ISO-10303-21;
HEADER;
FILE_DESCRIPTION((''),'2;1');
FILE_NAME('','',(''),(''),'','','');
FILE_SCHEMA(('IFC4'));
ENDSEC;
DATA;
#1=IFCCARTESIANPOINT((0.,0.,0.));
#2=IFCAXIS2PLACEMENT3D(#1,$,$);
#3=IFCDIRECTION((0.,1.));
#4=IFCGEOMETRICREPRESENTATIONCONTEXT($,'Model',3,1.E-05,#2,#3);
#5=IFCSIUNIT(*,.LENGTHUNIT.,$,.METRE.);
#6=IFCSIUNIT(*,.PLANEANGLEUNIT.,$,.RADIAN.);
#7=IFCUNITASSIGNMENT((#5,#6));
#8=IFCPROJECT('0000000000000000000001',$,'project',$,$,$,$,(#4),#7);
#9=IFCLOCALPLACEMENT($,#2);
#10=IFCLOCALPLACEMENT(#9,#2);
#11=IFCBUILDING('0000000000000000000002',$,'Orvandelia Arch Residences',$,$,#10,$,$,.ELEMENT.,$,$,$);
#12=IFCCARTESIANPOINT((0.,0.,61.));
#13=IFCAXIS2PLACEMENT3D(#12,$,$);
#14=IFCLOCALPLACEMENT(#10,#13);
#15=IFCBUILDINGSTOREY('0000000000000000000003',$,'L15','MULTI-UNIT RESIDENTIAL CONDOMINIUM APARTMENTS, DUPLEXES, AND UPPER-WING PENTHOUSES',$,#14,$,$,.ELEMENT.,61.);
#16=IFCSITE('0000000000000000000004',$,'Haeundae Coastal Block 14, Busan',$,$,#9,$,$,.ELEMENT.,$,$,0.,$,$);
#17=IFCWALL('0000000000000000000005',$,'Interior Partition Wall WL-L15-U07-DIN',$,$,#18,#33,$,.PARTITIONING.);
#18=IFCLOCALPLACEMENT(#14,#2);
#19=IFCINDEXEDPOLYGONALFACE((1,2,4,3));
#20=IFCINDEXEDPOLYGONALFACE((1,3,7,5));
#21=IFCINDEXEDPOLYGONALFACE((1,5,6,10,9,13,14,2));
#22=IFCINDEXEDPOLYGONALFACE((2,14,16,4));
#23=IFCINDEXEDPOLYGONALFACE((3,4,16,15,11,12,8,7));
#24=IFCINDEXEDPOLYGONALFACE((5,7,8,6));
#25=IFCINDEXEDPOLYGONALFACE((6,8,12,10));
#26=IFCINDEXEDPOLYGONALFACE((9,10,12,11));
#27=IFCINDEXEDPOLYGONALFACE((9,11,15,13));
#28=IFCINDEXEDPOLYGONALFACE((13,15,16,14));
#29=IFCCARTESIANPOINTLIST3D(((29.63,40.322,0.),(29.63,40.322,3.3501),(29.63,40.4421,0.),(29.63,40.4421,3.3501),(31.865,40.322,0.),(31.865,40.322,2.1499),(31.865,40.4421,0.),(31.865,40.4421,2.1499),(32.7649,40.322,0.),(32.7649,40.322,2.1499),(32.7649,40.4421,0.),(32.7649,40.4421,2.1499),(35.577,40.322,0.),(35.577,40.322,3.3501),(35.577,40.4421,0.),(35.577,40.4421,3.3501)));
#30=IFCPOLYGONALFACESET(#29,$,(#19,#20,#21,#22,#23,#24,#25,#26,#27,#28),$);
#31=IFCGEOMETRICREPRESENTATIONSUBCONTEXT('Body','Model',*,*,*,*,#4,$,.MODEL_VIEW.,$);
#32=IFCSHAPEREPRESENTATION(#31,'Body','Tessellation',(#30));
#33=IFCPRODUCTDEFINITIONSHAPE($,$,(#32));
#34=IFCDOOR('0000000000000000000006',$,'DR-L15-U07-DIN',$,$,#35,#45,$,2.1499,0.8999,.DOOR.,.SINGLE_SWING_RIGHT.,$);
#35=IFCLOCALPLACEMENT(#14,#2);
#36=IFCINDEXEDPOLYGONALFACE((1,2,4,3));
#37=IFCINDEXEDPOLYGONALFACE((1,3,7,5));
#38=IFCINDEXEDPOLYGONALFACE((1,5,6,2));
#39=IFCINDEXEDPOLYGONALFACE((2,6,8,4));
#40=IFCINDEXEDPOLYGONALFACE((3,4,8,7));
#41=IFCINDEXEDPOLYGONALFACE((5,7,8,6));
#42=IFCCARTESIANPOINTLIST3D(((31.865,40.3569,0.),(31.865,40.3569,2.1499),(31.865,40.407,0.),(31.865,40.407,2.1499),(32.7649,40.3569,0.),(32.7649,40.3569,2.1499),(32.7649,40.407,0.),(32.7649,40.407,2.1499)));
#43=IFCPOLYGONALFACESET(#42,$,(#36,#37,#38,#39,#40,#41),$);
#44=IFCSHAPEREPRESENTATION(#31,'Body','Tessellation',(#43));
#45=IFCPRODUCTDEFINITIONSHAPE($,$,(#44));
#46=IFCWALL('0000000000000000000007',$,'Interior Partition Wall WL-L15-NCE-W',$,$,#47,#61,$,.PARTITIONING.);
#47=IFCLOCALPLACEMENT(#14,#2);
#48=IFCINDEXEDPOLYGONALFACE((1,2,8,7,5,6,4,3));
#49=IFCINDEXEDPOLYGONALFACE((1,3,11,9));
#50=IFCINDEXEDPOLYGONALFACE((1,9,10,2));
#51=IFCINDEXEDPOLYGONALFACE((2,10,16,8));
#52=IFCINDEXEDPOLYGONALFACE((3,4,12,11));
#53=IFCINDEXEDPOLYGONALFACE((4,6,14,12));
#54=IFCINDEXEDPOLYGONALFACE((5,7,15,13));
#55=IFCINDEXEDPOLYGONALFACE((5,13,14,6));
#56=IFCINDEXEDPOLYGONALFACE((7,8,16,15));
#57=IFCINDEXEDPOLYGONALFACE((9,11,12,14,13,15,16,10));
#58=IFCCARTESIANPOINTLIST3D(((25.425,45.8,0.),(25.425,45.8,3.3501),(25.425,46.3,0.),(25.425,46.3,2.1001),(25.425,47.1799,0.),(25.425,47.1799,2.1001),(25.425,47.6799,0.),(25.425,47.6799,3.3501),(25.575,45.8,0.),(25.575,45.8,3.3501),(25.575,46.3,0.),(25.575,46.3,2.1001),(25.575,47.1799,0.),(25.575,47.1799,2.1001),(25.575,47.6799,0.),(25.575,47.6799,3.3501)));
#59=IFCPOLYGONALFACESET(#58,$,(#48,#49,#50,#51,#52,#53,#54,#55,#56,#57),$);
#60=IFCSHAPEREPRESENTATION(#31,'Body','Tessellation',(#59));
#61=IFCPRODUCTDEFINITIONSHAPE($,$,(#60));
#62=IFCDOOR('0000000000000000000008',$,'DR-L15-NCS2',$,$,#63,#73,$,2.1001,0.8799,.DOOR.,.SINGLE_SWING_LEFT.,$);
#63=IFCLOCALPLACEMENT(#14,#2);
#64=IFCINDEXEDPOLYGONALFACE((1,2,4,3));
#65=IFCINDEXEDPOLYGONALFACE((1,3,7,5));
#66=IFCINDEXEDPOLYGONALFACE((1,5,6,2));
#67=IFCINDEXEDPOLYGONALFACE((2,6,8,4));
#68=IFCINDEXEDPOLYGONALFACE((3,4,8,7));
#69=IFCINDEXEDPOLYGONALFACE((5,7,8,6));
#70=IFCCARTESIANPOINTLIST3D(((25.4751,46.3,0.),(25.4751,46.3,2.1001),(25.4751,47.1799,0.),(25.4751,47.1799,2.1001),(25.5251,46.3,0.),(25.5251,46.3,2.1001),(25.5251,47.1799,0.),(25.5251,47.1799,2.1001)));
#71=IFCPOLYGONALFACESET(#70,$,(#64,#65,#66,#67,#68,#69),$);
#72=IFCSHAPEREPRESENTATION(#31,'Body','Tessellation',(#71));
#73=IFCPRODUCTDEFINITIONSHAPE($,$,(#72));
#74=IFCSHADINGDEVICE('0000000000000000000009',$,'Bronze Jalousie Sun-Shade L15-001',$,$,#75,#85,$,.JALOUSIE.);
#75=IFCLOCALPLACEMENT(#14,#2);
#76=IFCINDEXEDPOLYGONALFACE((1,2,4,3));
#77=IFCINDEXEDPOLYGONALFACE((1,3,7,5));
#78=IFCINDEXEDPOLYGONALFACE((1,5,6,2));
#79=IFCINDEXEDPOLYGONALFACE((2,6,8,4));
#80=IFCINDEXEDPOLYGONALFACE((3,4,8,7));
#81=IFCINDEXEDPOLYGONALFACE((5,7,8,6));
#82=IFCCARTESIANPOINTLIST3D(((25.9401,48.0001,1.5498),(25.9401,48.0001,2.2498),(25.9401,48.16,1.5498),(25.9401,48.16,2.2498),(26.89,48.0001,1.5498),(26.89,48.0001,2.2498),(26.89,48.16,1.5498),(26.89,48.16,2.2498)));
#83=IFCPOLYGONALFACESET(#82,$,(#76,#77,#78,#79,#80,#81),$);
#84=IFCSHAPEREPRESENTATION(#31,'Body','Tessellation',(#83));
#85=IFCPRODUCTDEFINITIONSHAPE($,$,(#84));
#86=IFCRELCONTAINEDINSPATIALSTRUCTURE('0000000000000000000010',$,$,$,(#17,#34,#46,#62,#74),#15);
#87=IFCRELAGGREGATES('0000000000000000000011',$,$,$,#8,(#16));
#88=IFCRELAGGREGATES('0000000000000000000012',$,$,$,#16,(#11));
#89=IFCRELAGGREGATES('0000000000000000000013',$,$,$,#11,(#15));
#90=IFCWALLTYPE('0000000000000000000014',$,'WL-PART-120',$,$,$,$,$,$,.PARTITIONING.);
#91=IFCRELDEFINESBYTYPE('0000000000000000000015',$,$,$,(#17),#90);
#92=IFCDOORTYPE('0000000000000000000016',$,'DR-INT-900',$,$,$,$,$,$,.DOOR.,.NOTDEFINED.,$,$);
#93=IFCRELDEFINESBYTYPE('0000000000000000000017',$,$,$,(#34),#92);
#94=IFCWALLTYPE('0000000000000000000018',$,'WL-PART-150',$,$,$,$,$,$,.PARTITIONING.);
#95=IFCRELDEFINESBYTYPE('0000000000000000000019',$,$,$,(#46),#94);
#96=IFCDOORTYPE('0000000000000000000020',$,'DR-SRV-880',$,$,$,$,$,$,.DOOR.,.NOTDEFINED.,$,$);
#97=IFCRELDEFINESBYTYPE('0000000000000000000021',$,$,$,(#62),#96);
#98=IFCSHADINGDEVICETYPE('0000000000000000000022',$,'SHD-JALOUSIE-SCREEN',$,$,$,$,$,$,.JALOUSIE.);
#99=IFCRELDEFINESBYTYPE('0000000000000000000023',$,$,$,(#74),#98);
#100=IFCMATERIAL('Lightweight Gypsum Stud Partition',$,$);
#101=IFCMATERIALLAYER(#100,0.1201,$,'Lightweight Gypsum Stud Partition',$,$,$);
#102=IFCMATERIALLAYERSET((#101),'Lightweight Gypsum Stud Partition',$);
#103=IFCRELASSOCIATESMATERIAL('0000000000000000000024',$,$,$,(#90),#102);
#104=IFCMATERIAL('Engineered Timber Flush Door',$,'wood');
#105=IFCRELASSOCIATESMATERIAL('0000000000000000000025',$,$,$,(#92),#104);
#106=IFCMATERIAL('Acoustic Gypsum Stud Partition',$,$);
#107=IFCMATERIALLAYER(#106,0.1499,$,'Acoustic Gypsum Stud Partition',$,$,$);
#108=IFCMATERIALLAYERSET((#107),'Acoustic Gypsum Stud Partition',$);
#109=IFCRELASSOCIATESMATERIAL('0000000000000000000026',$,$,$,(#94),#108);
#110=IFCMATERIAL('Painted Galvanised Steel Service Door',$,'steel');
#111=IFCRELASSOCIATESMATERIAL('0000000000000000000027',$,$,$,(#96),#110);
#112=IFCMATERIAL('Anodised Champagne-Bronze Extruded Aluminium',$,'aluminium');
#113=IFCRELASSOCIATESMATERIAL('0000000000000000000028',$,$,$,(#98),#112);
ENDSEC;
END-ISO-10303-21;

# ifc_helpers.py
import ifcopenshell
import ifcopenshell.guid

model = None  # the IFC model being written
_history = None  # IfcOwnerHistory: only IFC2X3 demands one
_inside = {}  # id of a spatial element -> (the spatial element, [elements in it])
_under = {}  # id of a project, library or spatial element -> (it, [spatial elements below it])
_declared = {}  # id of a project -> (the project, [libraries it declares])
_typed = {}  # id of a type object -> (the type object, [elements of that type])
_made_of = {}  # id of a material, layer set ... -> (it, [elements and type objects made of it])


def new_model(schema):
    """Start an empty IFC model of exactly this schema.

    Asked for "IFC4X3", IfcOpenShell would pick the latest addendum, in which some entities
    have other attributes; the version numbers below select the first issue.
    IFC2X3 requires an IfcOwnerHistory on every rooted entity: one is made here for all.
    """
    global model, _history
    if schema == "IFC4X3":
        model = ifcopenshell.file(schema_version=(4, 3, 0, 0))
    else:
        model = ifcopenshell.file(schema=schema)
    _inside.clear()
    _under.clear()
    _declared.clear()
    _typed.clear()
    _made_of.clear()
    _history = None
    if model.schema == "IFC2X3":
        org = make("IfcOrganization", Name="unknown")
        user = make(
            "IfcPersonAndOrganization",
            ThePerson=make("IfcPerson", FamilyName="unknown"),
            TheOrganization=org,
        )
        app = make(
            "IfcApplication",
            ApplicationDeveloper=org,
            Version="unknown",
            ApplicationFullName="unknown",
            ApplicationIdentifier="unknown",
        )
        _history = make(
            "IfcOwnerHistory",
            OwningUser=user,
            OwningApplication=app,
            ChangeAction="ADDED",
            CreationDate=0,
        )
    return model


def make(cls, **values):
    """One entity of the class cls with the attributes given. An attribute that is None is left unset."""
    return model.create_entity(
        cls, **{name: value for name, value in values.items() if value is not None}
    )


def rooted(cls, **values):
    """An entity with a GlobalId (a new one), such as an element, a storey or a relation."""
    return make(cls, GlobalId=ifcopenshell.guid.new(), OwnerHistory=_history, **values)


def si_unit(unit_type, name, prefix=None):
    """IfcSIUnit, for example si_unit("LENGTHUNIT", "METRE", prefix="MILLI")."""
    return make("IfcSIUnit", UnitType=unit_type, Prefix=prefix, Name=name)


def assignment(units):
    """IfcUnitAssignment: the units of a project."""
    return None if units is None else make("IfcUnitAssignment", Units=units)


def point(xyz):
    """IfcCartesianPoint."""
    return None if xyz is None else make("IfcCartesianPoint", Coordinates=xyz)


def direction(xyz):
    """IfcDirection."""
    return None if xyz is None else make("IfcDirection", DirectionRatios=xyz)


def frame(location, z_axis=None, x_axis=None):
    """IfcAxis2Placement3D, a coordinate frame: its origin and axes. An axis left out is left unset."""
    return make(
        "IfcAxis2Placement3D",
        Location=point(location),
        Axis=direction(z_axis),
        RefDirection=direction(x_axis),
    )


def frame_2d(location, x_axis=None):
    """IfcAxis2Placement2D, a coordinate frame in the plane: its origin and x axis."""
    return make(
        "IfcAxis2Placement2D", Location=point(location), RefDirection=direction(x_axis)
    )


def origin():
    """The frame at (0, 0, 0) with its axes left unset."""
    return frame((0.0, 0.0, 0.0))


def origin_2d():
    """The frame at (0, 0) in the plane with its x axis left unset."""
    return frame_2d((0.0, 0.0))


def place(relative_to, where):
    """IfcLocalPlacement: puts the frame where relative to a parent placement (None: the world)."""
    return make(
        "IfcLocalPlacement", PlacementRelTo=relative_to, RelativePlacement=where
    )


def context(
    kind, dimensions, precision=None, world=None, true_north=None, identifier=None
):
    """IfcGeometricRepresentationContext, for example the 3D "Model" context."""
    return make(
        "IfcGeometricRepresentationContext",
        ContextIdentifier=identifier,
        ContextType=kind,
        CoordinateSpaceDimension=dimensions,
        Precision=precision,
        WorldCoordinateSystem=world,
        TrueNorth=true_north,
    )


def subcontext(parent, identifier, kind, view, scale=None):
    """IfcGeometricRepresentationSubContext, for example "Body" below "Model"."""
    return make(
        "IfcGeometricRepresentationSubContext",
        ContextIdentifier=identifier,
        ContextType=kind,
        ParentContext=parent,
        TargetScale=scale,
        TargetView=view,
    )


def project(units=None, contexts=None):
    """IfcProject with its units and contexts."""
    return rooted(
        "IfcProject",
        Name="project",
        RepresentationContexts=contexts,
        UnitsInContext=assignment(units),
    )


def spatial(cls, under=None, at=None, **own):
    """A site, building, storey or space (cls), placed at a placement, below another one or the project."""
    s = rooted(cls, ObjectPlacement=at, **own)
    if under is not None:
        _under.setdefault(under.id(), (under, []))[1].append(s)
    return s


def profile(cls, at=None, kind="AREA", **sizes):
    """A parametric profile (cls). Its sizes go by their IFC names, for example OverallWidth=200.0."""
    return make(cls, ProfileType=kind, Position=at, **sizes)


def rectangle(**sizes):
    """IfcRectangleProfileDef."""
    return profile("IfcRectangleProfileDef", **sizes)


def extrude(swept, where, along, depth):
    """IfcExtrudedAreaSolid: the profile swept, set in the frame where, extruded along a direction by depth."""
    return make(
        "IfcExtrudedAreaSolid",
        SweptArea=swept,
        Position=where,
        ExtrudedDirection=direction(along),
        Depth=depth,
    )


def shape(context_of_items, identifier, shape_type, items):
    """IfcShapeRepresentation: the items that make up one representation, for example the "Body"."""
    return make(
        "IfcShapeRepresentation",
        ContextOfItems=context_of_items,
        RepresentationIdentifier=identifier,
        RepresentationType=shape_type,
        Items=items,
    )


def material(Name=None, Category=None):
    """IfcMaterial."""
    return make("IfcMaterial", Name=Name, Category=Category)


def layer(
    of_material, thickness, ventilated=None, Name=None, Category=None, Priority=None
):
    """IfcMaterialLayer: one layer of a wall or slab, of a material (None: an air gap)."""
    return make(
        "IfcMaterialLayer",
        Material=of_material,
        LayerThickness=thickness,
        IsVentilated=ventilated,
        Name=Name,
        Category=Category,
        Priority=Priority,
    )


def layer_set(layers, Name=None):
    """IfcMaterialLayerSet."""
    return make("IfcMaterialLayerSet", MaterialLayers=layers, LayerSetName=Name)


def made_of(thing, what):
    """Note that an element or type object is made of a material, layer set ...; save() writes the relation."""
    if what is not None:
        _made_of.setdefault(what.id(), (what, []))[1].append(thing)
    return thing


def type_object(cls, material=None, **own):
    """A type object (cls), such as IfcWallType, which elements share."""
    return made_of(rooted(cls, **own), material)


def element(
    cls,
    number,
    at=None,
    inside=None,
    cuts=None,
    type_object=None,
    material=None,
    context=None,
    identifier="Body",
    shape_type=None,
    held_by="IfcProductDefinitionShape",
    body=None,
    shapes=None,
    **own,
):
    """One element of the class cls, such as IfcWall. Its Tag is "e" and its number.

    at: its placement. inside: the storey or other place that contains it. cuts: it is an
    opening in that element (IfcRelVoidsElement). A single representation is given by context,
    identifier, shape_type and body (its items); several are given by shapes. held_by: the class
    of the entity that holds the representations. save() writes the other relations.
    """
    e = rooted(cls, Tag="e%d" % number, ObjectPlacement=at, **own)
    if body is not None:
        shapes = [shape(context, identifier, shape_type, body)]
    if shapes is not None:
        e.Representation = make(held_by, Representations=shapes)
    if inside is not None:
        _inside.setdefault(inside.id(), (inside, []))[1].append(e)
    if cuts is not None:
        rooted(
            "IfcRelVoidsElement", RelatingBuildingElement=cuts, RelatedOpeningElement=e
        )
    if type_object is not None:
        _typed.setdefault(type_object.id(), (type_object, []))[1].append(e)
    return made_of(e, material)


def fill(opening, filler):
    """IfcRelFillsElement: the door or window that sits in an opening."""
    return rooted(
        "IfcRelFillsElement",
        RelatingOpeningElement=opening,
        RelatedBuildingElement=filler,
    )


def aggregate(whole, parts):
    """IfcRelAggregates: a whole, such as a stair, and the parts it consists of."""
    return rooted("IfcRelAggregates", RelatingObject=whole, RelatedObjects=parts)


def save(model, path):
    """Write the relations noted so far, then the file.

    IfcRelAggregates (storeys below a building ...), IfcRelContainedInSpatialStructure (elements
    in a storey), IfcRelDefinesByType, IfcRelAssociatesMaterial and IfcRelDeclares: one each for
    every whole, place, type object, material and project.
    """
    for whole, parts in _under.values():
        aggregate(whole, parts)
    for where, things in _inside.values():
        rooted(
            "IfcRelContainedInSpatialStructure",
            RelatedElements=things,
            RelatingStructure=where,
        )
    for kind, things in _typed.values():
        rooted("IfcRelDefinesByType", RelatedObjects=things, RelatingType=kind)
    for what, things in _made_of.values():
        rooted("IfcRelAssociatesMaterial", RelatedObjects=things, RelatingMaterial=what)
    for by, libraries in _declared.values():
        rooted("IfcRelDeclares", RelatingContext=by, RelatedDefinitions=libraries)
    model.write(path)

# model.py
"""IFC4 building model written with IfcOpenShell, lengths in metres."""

from ifc_helpers import new_model, si_unit, direction, frame, frame_2d, origin, origin_2d, place, context, subcontext, project, spatial, rectangle, extrude, material, layer, layer_set, type_object, element, fill, save


model = new_model("IFC4")

# Units and contexts
model_context = context("Model", 3, precision=1e-05, world=origin(), true_north=direction((0.0, 1.0)))
body_context = subcontext(model_context, "Body", "Model", "MODEL_VIEW")
ifc_project = project(units=[si_unit("LENGTHUNIT", "METRE"), si_unit("PLANEANGLEUNIT", "RADIAN")], contexts=[model_context])

# Site, building, storey
site_placement = place(None, origin())
site = spatial("IfcSite", under=ifc_project, at=site_placement, Name="Haeundae Coastal Block 14, Busan", CompositionType="ELEMENT", RefElevation=0.0)
building_placement = place(site_placement, origin())
building = spatial("IfcBuilding", under=site, at=building_placement, Name="Orvandelia Arch Residences", CompositionType="ELEMENT")
storey_placement = place(building_placement, frame((0.0, 0.0, 61.0)))
storey = spatial("IfcBuildingStorey", under=building, at=storey_placement, Name="L15", Description="MULTI-UNIT RESIDENTIAL CONDOMINIUM APARTMENTS, DUPLEXES, AND UPPER-WING PENTHOUSES", CompositionType="ELEMENT", Elevation=61.0)

# Walls, openings, doors
ifc_material_1 = material(Name="Lightweight Gypsum Stud Partition")
ifc_layer_1 = layer(ifc_material_1, 0.1201, Name="Lightweight Gypsum Stud Partition")
ifc_layer_set_1 = layer_set([ifc_layer_1], Name="Lightweight Gypsum Stud Partition")
wall_type_1 = type_object("IfcWallType", Name="WL-PART-120", PredefinedType="PARTITIONING", material=ifc_layer_set_1)
wall_1_placement = place(storey_placement, frame((29.6299, 40.3821, 0.0), z_axis=(0.0, 0.0, 1.0), x_axis=(1.0, 0.0, 0.0)))
wall_1 = element("IfcWall", 1, at=wall_1_placement, inside=storey, type_object=wall_type_1, Name="Interior Partition Wall WL-L15-U07-DIN", PredefinedType="PARTITIONING", context=body_context, shape_type="SweptSolid", body=[
    extrude(rectangle(XDim=5.947, YDim=0.1201, at=frame_2d((2.9736, 0.0))), origin(), (0.0, 0.0, 1.0), 3.3501),
])
opening_1_placement = place(wall_1_placement, frame((2.2351, 0.0, 0.0)))
opening_1 = element("IfcOpeningElement", 2, at=opening_1_placement, cuts=wall_1, PredefinedType="OPENING", context=body_context, shape_type="SweptSolid", body=[
    extrude(rectangle(XDim=0.8999, YDim=2.1499, at=frame_2d((0.45, 1.075))), frame((0.0, 0.0701, 0.0), z_axis=(0.0, -1.0, 0.0), x_axis=(1.0, 0.0, 0.0)), (0.0, 0.0, 1.0), 0.1401),
])
ifc_material_2 = material(Name="Engineered Timber Flush Door", Category="wood")
door_type_1 = type_object("IfcDoorType", Name="DR-INT-900", OperationType="NOTDEFINED", PredefinedType="DOOR", material=ifc_material_2)
door_1_placement = place(opening_1_placement, origin())
door_1 = element("IfcDoor", 3, at=door_1_placement, inside=storey, type_object=door_type_1, Name="DR-L15-U07-DIN", OperationType="SINGLE_SWING_RIGHT", OverallHeight=2.1499, OverallWidth=0.8999, PredefinedType="DOOR", context=body_context, shape_type="SweptSolid", body=[
    extrude(rectangle(XDim=0.8999, YDim=2.1499, at=frame_2d((0.45, 1.075))), frame((0.0, 0.0249, 0.0), z_axis=(0.0, -1.0, 0.0), x_axis=(1.0, 0.0, 0.0)), (0.0, 0.0, 1.0), 0.05),
])
fill(opening_1, door_1)
ifc_material_3 = material(Name="Acoustic Gypsum Stud Partition")
ifc_layer_2 = layer(ifc_material_3, 0.1499, Name="Acoustic Gypsum Stud Partition")
ifc_layer_set_2 = layer_set([ifc_layer_2], Name="Acoustic Gypsum Stud Partition")
wall_type_2 = type_object("IfcWallType", Name="WL-PART-150", PredefinedType="PARTITIONING", material=ifc_layer_set_2)
wall_2_placement = place(storey_placement, frame((25.5, 45.8, 0.0), z_axis=(0.0, 0.0, 1.0), x_axis=(0.0, 1.0, 0.0)))
wall_2 = element("IfcWall", 4, at=wall_2_placement, inside=storey, type_object=wall_type_2, Name="Interior Partition Wall WL-L15-NCE-W", PredefinedType="PARTITIONING", context=body_context, shape_type="SweptSolid", body=[
    extrude(rectangle(XDim=1.8799, YDim=0.1499, at=frame_2d((0.9399, 0.0))), origin(), (0.0, 0.0, 1.0), 3.3501),
])
opening_2_placement = place(wall_2_placement, frame((0.5, 0.0, 0.0)))
opening_2 = element("IfcOpeningElement", 5, at=opening_2_placement, cuts=wall_2, PredefinedType="OPENING", context=body_context, shape_type="SweptSolid", body=[
    extrude(rectangle(XDim=0.8799, YDim=2.1001, at=frame_2d((0.4399, 1.05))), frame((0.0, 0.085, 0.0), z_axis=(0.0, -1.0, 0.0), x_axis=(1.0, 0.0, 0.0)), (0.0, 0.0, 1.0), 0.1699),
])
ifc_material_4 = material(Name="Painted Galvanised Steel Service Door", Category="steel")
door_type_2 = type_object("IfcDoorType", Name="DR-SRV-880", OperationType="NOTDEFINED", PredefinedType="DOOR", material=ifc_material_4)
door_2_placement = place(opening_2_placement, origin())
door_2 = element("IfcDoor", 6, at=door_2_placement, inside=storey, type_object=door_type_2, Name="DR-L15-NCS2", OperationType="SINGLE_SWING_LEFT", OverallHeight=2.1001, OverallWidth=0.8799, PredefinedType="DOOR", context=body_context, shape_type="SweptSolid", body=[
    extrude(rectangle(XDim=0.8799, YDim=2.1001, at=frame_2d((0.4399, 1.05))), frame((0.0, 0.0249, 0.0), z_axis=(0.0, -1.0, 0.0), x_axis=(1.0, 0.0, 0.0)), (0.0, 0.0, 1.0), 0.05),
])
fill(opening_2, door_2)

# Shading device
ifc_material_5 = material(Name="Anodised Champagne-Bronze Extruded Aluminium", Category="aluminium")
shading_device_type = type_object("IfcShadingDeviceType", Name="SHD-JALOUSIE-SCREEN", PredefinedType="JALOUSIE", material=ifc_material_5)
shading_device_placement = place(storey_placement, frame((26.415, 48.0801, 1.5498), z_axis=(0.0, 0.0, 1.0), x_axis=(1.0, 0.0, 0.0)))
element("IfcShadingDevice", 7, at=shading_device_placement, inside=storey, type_object=shading_device_type, Name="Bronze Jalousie Sun-Shade L15-001", PredefinedType="JALOUSIE", context=body_context, shape_type="SweptSolid", body=[
    extrude(rectangle(XDim=0.95, YDim=0.1599, at=origin_2d()), origin(), (0.0, 0.0, 1.0), 0.7),
])

save(model, "model.ifc")
